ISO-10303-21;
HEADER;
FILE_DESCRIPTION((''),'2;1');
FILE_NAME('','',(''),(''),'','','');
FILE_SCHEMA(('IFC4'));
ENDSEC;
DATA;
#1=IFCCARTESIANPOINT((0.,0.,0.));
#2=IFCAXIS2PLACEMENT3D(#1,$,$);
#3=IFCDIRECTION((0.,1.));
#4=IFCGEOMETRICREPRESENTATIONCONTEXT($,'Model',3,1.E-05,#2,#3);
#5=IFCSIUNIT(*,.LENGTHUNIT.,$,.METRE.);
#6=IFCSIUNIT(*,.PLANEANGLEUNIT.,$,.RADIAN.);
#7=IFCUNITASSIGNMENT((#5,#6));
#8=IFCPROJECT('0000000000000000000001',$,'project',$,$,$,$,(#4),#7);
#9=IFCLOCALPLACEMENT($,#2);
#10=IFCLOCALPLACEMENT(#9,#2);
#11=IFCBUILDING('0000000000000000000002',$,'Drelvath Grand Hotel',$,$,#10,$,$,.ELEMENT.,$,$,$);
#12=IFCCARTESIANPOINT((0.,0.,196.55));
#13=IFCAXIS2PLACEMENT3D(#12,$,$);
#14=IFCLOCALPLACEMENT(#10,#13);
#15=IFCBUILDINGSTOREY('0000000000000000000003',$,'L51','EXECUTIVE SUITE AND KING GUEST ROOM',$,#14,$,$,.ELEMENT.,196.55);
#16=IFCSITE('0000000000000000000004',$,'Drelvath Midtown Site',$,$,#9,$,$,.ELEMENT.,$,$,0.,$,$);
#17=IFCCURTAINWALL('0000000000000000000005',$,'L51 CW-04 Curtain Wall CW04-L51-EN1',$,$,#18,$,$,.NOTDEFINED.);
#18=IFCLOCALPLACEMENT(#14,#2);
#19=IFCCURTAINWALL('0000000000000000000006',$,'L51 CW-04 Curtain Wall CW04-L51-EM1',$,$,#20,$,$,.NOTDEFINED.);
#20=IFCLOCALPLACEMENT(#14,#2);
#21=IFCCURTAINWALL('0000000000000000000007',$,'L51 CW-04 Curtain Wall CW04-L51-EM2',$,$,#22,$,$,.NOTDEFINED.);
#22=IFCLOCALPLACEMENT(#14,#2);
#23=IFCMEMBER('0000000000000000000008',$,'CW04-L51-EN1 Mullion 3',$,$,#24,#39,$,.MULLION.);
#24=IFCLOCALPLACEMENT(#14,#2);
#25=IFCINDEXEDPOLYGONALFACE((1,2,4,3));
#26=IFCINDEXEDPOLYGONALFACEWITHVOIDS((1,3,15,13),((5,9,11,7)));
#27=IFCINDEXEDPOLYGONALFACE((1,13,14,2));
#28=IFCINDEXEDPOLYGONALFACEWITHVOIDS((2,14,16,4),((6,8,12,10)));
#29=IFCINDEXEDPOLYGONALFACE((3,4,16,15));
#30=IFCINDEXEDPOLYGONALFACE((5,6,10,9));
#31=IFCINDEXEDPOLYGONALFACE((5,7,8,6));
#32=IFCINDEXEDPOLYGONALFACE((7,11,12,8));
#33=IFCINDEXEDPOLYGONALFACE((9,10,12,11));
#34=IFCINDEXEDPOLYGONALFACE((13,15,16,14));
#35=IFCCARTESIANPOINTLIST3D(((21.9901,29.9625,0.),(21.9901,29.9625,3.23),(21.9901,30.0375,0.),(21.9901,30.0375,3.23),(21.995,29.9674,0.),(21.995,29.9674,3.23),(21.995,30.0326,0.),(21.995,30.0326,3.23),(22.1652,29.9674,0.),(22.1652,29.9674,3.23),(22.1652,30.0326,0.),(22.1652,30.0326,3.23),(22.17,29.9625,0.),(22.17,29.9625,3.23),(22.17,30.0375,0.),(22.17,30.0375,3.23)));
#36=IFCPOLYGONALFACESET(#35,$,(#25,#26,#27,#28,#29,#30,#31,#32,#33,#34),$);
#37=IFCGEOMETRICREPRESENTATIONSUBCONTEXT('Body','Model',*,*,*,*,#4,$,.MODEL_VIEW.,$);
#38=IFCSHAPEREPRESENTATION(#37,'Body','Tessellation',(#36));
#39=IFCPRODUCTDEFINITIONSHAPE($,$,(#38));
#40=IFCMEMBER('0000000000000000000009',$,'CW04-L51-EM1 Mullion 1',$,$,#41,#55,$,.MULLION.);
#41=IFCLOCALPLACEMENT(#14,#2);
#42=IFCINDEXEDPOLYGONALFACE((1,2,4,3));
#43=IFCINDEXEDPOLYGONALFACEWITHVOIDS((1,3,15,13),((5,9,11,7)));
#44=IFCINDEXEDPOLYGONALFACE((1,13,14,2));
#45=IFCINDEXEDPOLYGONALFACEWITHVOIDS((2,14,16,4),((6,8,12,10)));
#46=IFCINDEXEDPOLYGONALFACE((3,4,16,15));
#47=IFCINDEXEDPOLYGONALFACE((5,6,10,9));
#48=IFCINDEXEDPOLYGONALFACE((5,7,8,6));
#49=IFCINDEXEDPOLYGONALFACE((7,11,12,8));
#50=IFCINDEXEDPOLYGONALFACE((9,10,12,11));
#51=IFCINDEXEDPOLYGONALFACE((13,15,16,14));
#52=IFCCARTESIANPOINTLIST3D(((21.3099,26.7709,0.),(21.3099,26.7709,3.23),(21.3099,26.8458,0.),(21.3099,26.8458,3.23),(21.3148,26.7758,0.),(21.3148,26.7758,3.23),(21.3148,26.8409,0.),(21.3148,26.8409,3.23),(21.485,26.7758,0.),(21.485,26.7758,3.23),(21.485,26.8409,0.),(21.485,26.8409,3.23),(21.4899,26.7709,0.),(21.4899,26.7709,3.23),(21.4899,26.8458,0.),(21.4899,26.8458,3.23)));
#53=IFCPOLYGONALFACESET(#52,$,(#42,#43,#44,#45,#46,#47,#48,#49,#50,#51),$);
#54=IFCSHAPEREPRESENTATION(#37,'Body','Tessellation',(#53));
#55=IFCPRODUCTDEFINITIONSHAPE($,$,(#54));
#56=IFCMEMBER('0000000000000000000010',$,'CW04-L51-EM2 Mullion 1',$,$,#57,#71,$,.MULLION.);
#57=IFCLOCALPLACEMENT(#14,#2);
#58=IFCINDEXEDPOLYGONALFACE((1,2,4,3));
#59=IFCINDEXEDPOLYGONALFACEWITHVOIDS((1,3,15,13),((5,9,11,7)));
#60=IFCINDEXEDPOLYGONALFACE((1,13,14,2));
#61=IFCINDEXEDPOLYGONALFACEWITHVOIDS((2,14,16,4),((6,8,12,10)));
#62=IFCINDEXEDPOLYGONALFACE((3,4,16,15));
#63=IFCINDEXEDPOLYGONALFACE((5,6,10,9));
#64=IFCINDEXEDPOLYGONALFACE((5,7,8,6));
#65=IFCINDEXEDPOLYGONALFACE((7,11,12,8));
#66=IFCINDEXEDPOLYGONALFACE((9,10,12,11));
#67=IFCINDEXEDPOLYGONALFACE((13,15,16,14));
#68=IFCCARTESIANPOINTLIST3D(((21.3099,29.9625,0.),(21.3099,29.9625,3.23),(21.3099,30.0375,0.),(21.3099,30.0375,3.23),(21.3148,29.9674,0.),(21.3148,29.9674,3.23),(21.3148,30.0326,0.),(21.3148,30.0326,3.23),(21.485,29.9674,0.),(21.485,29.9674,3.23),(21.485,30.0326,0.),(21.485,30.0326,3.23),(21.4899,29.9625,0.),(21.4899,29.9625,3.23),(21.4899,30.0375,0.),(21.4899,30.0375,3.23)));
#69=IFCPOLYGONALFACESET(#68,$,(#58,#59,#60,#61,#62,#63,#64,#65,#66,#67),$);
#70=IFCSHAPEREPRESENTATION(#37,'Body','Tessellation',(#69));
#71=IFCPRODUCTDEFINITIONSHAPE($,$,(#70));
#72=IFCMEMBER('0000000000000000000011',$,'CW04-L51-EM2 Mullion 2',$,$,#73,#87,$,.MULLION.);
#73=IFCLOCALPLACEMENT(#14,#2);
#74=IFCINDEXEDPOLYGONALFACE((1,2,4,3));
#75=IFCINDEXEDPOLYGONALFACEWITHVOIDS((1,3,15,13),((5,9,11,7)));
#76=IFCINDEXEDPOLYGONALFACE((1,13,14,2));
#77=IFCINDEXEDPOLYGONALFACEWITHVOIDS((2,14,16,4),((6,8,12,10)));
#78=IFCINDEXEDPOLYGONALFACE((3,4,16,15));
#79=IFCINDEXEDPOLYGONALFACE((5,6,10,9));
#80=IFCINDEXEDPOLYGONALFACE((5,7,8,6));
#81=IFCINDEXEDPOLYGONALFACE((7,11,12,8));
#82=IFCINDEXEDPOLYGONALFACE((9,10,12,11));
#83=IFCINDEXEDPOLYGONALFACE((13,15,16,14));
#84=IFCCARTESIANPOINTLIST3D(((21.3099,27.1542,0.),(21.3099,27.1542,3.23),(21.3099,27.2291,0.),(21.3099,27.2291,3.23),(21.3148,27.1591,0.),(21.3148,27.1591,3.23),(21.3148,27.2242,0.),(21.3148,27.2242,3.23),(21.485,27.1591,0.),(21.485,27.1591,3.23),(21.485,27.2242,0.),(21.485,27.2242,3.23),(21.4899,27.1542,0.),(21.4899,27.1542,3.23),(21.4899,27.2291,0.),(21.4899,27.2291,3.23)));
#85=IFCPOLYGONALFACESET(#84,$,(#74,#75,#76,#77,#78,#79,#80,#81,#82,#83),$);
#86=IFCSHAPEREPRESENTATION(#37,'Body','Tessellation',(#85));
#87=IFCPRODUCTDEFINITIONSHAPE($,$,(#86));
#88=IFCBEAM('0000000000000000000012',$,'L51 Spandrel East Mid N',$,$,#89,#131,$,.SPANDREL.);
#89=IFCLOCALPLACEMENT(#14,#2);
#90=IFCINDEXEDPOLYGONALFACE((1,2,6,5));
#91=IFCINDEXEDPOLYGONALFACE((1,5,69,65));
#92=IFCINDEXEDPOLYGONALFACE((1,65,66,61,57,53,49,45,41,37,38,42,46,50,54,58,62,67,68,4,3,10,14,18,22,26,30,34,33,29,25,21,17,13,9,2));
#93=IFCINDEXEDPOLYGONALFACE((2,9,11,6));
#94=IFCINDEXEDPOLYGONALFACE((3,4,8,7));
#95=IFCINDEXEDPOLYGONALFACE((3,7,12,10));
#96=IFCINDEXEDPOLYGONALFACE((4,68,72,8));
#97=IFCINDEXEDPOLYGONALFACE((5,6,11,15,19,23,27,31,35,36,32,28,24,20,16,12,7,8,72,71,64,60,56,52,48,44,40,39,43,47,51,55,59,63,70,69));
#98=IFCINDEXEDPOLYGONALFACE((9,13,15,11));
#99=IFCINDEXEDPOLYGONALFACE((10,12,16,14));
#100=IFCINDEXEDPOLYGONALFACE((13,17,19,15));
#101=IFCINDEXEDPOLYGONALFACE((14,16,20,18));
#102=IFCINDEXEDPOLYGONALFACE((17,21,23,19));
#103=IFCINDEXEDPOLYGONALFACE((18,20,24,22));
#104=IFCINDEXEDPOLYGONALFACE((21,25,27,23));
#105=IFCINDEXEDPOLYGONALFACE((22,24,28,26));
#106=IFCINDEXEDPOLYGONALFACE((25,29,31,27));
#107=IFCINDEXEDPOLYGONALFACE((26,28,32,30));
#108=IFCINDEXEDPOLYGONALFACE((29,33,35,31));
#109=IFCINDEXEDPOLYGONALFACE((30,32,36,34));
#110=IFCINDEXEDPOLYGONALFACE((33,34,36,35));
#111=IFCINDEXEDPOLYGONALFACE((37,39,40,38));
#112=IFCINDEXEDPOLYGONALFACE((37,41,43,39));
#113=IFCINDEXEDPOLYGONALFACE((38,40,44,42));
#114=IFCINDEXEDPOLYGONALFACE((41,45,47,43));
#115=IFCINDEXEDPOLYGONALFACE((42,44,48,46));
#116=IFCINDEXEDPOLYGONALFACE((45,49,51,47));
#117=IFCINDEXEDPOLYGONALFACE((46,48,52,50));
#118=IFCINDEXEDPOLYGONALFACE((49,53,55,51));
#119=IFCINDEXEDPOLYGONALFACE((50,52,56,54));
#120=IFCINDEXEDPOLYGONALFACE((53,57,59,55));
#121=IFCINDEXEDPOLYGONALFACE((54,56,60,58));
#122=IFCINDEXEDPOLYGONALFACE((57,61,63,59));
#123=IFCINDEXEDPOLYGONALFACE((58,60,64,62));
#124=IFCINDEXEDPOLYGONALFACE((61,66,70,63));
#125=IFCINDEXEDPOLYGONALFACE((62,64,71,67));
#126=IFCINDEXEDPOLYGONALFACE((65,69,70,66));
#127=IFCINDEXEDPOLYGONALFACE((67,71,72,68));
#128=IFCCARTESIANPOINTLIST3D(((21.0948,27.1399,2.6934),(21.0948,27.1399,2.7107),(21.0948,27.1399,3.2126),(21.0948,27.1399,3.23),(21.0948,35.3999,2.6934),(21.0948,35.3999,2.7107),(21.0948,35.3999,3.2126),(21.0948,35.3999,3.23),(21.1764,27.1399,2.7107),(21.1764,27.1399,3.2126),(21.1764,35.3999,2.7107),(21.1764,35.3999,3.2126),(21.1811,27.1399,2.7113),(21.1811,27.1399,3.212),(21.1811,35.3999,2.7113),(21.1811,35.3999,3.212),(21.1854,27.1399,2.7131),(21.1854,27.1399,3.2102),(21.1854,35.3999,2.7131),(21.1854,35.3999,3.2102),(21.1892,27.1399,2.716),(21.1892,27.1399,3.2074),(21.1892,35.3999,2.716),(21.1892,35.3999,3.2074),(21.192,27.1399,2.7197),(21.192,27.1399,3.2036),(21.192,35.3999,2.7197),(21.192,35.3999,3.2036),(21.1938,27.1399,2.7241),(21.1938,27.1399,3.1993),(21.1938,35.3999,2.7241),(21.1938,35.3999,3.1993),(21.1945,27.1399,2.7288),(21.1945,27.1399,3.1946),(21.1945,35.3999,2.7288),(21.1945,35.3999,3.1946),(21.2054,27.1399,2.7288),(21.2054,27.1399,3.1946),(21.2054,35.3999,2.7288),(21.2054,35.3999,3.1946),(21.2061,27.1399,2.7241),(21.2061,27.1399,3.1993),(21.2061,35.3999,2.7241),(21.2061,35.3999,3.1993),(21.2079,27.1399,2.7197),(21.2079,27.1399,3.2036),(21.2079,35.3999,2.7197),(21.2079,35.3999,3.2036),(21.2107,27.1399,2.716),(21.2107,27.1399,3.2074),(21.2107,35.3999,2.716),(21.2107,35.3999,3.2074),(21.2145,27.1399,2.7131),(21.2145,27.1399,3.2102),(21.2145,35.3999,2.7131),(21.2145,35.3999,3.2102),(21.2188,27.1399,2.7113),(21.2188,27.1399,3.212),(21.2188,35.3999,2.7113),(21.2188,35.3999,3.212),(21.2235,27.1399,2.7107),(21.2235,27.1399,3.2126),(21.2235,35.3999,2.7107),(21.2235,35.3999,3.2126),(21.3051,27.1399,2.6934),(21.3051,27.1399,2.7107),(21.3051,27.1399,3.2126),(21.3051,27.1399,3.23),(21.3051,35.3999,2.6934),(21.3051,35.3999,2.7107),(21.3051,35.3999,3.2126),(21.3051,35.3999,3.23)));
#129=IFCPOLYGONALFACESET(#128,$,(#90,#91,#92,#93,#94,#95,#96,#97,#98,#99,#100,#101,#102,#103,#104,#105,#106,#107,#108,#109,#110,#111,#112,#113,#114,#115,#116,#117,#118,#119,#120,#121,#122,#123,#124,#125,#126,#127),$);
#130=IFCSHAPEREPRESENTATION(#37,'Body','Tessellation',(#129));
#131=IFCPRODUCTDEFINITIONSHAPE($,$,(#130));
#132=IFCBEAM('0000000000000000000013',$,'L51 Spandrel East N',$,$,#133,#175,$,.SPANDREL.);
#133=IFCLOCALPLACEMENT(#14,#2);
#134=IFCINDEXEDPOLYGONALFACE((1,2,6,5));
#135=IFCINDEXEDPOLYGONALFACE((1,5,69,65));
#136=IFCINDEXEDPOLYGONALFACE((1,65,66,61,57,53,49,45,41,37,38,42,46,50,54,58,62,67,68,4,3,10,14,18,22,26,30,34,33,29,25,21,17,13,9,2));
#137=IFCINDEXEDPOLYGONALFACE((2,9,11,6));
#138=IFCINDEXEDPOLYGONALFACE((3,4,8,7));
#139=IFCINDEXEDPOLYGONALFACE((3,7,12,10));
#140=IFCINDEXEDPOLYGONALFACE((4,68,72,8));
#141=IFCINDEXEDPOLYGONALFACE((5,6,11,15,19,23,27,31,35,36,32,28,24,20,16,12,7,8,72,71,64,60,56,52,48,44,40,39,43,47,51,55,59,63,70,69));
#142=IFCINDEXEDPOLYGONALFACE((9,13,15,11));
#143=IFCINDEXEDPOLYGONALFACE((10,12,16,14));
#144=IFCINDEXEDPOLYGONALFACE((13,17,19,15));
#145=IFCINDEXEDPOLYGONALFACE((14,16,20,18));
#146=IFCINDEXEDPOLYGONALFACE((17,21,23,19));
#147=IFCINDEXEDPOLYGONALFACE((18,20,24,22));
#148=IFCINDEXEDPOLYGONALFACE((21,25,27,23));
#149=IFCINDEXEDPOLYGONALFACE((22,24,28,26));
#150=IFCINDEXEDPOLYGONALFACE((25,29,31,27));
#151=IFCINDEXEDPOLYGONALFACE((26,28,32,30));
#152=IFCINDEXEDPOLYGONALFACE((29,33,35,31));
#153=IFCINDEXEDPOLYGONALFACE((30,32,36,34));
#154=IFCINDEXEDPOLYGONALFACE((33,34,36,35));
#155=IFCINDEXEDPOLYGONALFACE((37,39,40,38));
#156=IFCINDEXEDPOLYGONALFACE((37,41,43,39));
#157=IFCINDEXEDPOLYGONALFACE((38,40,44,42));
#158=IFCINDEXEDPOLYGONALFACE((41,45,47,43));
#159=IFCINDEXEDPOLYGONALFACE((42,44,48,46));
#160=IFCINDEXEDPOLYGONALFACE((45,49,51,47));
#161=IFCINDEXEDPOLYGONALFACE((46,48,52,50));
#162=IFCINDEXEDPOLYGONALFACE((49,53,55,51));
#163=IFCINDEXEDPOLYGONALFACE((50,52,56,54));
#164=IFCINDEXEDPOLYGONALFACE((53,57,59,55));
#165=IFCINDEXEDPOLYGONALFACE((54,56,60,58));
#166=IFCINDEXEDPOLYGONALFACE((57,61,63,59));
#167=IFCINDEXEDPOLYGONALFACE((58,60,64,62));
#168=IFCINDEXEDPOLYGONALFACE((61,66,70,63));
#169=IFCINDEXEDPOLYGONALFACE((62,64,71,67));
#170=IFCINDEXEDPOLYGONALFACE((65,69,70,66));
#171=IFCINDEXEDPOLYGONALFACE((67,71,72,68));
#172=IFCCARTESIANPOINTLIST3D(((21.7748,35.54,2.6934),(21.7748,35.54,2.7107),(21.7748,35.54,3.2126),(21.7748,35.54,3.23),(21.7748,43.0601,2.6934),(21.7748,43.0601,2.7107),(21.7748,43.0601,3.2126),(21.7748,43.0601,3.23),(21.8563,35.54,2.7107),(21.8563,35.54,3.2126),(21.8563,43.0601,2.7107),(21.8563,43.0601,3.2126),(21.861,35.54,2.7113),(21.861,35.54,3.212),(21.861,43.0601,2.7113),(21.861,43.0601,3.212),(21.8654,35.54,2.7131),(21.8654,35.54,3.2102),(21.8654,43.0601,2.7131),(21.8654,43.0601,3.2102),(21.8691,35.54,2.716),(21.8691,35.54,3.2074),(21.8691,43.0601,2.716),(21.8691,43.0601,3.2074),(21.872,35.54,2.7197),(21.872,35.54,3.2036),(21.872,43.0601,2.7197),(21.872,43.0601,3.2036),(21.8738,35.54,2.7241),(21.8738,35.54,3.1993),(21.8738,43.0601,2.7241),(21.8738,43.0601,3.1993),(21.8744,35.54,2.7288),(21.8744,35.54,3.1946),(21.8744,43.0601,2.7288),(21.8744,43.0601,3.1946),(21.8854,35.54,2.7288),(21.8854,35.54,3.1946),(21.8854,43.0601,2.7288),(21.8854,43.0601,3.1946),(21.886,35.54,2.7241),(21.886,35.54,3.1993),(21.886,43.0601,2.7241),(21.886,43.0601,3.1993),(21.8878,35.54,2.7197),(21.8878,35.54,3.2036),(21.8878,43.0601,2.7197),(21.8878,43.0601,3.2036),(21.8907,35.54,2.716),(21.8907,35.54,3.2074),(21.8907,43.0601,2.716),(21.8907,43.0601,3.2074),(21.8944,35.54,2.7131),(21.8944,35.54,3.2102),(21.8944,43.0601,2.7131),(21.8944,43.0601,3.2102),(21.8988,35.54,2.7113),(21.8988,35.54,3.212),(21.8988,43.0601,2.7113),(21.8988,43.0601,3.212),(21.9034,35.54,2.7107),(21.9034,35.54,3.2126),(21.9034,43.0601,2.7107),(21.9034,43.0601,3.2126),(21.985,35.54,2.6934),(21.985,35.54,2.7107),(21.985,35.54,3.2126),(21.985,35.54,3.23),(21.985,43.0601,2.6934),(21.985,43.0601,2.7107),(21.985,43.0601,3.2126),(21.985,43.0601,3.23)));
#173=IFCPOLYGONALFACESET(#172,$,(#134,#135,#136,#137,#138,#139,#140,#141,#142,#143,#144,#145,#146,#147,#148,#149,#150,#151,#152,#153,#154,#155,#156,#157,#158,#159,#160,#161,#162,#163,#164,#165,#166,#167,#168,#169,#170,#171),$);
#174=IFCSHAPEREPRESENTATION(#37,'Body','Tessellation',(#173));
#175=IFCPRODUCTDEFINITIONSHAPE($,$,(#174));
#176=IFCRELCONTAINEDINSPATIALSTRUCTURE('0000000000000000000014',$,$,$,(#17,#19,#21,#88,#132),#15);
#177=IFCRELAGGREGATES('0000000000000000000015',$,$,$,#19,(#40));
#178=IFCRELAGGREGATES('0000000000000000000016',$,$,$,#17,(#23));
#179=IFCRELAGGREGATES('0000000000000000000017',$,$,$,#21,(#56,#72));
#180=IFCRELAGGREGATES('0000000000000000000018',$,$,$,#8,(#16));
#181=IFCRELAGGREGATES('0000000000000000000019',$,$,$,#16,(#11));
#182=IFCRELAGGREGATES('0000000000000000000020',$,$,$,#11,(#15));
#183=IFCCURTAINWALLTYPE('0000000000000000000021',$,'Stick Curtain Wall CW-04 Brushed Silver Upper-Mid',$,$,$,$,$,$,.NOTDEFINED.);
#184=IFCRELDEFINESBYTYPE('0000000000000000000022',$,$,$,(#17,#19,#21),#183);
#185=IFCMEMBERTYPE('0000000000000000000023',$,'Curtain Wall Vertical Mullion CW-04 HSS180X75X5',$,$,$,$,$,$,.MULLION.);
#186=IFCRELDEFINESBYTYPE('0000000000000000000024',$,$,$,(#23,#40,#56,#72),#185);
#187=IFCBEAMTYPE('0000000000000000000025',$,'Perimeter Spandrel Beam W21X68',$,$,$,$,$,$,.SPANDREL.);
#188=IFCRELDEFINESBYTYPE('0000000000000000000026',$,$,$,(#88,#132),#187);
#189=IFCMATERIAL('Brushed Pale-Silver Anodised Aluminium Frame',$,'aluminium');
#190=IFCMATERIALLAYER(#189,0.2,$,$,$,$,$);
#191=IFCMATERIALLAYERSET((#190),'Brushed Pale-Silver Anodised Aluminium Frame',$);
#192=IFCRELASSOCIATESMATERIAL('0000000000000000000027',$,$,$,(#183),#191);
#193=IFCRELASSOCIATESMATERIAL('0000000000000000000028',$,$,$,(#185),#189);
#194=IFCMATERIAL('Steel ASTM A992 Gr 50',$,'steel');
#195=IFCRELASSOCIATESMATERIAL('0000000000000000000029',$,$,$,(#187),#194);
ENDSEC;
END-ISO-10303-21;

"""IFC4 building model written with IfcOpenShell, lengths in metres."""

from ifc_helpers import new_model, si_unit, direction, frame, origin, origin_2d, place, context, subcontext, project, spatial, hollow_rectangle, i_section, extrude, material, layer, layer_set, material_profile, profile_set, type_object, element, aggregate, save


model = new_model("IFC4")

# Units and contexts
model_context = context("Model", 3, precision=1e-05, world=origin(), true_north=direction((0.0, 1.0)))
body_context = subcontext(model_context, "Body", "Model", "MODEL_VIEW")
ifc_project = project(units=[si_unit("LENGTHUNIT", "METRE"), si_unit("PLANEANGLEUNIT", "RADIAN")], contexts=[model_context])

# Site, building, storey
site_placement = place(None, origin())
site = spatial("IfcSite", under=ifc_project, at=site_placement, Name="Drelvath Midtown Site", CompositionType="ELEMENT", RefElevation=0.0)
building_placement = place(site_placement, origin())
building = spatial("IfcBuilding", under=site, at=building_placement, Name="Drelvath Grand Hotel", CompositionType="ELEMENT")
storey_placement = place(building_placement, frame((0.0, 0.0, 196.55)))
storey = spatial("IfcBuildingStorey", under=building, at=storey_placement, Name="L51", Description="EXECUTIVE SUITE AND KING GUEST ROOM", CompositionType="ELEMENT", Elevation=196.55)

# Curtain walls
ifc_material_1 = material(Name="Brushed Pale-Silver Anodised Aluminium Frame", Category="aluminium")
ifc_layer_1 = layer(ifc_material_1, 0.2)
ifc_layer_set_1 = layer_set([ifc_layer_1], Name="Brushed Pale-Silver Anodised Aluminium Frame")
curtain_wall_type = type_object("IfcCurtainWallType", Name="Stick Curtain Wall CW-04 Brushed Silver Upper-Mid", PredefinedType="NOTDEFINED", material=ifc_layer_set_1)
curtain_wall_1_placement = place(storey_placement, origin())
curtain_wall_1 = element("IfcCurtainWall", 1, at=curtain_wall_1_placement, inside=storey, type_object=curtain_wall_type, Name="L51 CW-04 Curtain Wall CW04-L51-EN1", PredefinedType="NOTDEFINED")
curtain_wall_2_placement = place(storey_placement, origin())
curtain_wall_2 = element("IfcCurtainWall", 2, at=curtain_wall_2_placement, inside=storey, type_object=curtain_wall_type, Name="L51 CW-04 Curtain Wall CW04-L51-EM1", PredefinedType="NOTDEFINED")
curtain_wall_3_placement = place(storey_placement, origin())
curtain_wall_3 = element("IfcCurtainWall", 3, at=curtain_wall_3_placement, inside=storey, type_object=curtain_wall_type, Name="L51 CW-04 Curtain Wall CW04-L51-EM2", PredefinedType="NOTDEFINED")

# Members
ifc_material_profile_1 = material_profile(ifc_material_1, hollow_rectangle(XDim=0.075, YDim=0.1799, WallThickness=0.0049, at=origin_2d()), Name="HSS180X75X5")
ifc_profile_set_1 = profile_set([ifc_material_profile_1], Name="Brushed Pale-Silver Anodised Aluminium Frame")
member_type_1 = type_object("IfcMemberType", Name="Curtain Wall Vertical Mullion CW-04 HSS180X75X5", PredefinedType="MULLION", material=ifc_profile_set_1)
member_1_placement = place(storey_placement, frame((22.0801, 30.0, 0.0), z_axis=(0.0, 0.0, 1.0), x_axis=(0.0, 1.0, 0.0)))
member_1 = element("IfcMember", 4, at=member_1_placement, type_object=member_type_1, Name="CW04-L51-EN1 Mullion 3", PredefinedType="MULLION", context=body_context, shape_type="SweptSolid", body=[
    extrude(hollow_rectangle(XDim=0.075, YDim=0.1799, WallThickness=0.0049, at=origin_2d()), origin(), (0.0, 0.0, 1.0), 3.23),
])
member_2_placement = place(storey_placement, frame((21.3999, 26.8083, 0.0), z_axis=(0.0, 0.0, 1.0), x_axis=(0.0, 1.0, 0.0)))
member_2 = element("IfcMember", 5, at=member_2_placement, type_object=member_type_1, Name="CW04-L51-EM1 Mullion 1", PredefinedType="MULLION", context=body_context, shape_type="SweptSolid", body=[
    extrude(hollow_rectangle(XDim=0.075, YDim=0.1799, WallThickness=0.0049, at=origin_2d()), origin(), (0.0, 0.0, 1.0), 3.23),
])
aggregate(curtain_wall_2, [member_2])
member_3_placement = place(storey_placement, frame((21.3999, 30.0, 0.0), z_axis=(0.0, 0.0, 1.0), x_axis=(0.0, 1.0, 0.0)))
member_3 = element("IfcMember", 6, at=member_3_placement, type_object=member_type_1, Name="CW04-L51-EM2 Mullion 1", PredefinedType="MULLION", context=body_context, shape_type="SweptSolid", body=[
    extrude(hollow_rectangle(XDim=0.075, YDim=0.1799, WallThickness=0.0049, at=origin_2d()), origin(), (0.0, 0.0, 1.0), 3.23),
])
member_4_placement = place(storey_placement, frame((21.3999, 27.1917, 0.0), z_axis=(0.0, 0.0, 1.0), x_axis=(0.0, 1.0, 0.0)))
member_4 = element("IfcMember", 7, at=member_4_placement, type_object=member_type_1, Name="CW04-L51-EM2 Mullion 2", PredefinedType="MULLION", context=body_context, shape_type="SweptSolid", body=[
    extrude(hollow_rectangle(XDim=0.075, YDim=0.1799, WallThickness=0.0049, at=origin_2d()), origin(), (0.0, 0.0, 1.0), 3.23),
])

# Beams
ifc_material_2 = material(Name="Steel ASTM A992 Gr 50", Category="steel")
ifc_material_profile_2 = material_profile(ifc_material_2, i_section(OverallWidth=0.2102, OverallDepth=0.5366, WebThickness=0.011, FlangeThickness=0.0173, FilletRadius=0.0181, at=origin_2d()), Name="W21X68")
ifc_profile_set_2 = profile_set([ifc_material_profile_2], Name="Steel ASTM A992 Gr 50")
beam_type_1 = type_object("IfcBeamType", Name="Perimeter Spandrel Beam W21X68", PredefinedType="SPANDREL", material=ifc_profile_set_2)
beam_1_placement = place(storey_placement, frame((21.2, 27.1399, 2.9617), z_axis=(0.0, 1.0, 0.0), x_axis=(-1.0, 0.0, 0.0)))
element("IfcBeam", 8, at=beam_1_placement, inside=storey, type_object=beam_type_1, Name="L51 Spandrel East Mid N", PredefinedType="SPANDREL", context=body_context, shape_type="SweptSolid", body=[
    extrude(i_section(OverallWidth=0.2102, OverallDepth=0.5366, WebThickness=0.011, FlangeThickness=0.0173, FilletRadius=0.0181, at=origin_2d()), origin(), (0.0, 0.0, 1.0), 8.26),
])
beam_2_placement = place(storey_placement, frame((21.8799, 35.54, 2.9617), z_axis=(0.0, 1.0, 0.0), x_axis=(-1.0, 0.0, 0.0)))
element("IfcBeam", 9, at=beam_2_placement, inside=storey, type_object=beam_type_1, Name="L51 Spandrel East N", PredefinedType="SPANDREL", context=body_context, shape_type="SweptSolid", body=[
    extrude(i_section(OverallWidth=0.2102, OverallDepth=0.5366, WebThickness=0.011, FlangeThickness=0.0173, FilletRadius=0.0181, at=origin_2d()), origin(), (0.0, 0.0, 1.0), 7.52),
])

aggregate(curtain_wall_1, [member_1])
aggregate(curtain_wall_3, [member_3, member_4])

save(model, "model.ifc")
